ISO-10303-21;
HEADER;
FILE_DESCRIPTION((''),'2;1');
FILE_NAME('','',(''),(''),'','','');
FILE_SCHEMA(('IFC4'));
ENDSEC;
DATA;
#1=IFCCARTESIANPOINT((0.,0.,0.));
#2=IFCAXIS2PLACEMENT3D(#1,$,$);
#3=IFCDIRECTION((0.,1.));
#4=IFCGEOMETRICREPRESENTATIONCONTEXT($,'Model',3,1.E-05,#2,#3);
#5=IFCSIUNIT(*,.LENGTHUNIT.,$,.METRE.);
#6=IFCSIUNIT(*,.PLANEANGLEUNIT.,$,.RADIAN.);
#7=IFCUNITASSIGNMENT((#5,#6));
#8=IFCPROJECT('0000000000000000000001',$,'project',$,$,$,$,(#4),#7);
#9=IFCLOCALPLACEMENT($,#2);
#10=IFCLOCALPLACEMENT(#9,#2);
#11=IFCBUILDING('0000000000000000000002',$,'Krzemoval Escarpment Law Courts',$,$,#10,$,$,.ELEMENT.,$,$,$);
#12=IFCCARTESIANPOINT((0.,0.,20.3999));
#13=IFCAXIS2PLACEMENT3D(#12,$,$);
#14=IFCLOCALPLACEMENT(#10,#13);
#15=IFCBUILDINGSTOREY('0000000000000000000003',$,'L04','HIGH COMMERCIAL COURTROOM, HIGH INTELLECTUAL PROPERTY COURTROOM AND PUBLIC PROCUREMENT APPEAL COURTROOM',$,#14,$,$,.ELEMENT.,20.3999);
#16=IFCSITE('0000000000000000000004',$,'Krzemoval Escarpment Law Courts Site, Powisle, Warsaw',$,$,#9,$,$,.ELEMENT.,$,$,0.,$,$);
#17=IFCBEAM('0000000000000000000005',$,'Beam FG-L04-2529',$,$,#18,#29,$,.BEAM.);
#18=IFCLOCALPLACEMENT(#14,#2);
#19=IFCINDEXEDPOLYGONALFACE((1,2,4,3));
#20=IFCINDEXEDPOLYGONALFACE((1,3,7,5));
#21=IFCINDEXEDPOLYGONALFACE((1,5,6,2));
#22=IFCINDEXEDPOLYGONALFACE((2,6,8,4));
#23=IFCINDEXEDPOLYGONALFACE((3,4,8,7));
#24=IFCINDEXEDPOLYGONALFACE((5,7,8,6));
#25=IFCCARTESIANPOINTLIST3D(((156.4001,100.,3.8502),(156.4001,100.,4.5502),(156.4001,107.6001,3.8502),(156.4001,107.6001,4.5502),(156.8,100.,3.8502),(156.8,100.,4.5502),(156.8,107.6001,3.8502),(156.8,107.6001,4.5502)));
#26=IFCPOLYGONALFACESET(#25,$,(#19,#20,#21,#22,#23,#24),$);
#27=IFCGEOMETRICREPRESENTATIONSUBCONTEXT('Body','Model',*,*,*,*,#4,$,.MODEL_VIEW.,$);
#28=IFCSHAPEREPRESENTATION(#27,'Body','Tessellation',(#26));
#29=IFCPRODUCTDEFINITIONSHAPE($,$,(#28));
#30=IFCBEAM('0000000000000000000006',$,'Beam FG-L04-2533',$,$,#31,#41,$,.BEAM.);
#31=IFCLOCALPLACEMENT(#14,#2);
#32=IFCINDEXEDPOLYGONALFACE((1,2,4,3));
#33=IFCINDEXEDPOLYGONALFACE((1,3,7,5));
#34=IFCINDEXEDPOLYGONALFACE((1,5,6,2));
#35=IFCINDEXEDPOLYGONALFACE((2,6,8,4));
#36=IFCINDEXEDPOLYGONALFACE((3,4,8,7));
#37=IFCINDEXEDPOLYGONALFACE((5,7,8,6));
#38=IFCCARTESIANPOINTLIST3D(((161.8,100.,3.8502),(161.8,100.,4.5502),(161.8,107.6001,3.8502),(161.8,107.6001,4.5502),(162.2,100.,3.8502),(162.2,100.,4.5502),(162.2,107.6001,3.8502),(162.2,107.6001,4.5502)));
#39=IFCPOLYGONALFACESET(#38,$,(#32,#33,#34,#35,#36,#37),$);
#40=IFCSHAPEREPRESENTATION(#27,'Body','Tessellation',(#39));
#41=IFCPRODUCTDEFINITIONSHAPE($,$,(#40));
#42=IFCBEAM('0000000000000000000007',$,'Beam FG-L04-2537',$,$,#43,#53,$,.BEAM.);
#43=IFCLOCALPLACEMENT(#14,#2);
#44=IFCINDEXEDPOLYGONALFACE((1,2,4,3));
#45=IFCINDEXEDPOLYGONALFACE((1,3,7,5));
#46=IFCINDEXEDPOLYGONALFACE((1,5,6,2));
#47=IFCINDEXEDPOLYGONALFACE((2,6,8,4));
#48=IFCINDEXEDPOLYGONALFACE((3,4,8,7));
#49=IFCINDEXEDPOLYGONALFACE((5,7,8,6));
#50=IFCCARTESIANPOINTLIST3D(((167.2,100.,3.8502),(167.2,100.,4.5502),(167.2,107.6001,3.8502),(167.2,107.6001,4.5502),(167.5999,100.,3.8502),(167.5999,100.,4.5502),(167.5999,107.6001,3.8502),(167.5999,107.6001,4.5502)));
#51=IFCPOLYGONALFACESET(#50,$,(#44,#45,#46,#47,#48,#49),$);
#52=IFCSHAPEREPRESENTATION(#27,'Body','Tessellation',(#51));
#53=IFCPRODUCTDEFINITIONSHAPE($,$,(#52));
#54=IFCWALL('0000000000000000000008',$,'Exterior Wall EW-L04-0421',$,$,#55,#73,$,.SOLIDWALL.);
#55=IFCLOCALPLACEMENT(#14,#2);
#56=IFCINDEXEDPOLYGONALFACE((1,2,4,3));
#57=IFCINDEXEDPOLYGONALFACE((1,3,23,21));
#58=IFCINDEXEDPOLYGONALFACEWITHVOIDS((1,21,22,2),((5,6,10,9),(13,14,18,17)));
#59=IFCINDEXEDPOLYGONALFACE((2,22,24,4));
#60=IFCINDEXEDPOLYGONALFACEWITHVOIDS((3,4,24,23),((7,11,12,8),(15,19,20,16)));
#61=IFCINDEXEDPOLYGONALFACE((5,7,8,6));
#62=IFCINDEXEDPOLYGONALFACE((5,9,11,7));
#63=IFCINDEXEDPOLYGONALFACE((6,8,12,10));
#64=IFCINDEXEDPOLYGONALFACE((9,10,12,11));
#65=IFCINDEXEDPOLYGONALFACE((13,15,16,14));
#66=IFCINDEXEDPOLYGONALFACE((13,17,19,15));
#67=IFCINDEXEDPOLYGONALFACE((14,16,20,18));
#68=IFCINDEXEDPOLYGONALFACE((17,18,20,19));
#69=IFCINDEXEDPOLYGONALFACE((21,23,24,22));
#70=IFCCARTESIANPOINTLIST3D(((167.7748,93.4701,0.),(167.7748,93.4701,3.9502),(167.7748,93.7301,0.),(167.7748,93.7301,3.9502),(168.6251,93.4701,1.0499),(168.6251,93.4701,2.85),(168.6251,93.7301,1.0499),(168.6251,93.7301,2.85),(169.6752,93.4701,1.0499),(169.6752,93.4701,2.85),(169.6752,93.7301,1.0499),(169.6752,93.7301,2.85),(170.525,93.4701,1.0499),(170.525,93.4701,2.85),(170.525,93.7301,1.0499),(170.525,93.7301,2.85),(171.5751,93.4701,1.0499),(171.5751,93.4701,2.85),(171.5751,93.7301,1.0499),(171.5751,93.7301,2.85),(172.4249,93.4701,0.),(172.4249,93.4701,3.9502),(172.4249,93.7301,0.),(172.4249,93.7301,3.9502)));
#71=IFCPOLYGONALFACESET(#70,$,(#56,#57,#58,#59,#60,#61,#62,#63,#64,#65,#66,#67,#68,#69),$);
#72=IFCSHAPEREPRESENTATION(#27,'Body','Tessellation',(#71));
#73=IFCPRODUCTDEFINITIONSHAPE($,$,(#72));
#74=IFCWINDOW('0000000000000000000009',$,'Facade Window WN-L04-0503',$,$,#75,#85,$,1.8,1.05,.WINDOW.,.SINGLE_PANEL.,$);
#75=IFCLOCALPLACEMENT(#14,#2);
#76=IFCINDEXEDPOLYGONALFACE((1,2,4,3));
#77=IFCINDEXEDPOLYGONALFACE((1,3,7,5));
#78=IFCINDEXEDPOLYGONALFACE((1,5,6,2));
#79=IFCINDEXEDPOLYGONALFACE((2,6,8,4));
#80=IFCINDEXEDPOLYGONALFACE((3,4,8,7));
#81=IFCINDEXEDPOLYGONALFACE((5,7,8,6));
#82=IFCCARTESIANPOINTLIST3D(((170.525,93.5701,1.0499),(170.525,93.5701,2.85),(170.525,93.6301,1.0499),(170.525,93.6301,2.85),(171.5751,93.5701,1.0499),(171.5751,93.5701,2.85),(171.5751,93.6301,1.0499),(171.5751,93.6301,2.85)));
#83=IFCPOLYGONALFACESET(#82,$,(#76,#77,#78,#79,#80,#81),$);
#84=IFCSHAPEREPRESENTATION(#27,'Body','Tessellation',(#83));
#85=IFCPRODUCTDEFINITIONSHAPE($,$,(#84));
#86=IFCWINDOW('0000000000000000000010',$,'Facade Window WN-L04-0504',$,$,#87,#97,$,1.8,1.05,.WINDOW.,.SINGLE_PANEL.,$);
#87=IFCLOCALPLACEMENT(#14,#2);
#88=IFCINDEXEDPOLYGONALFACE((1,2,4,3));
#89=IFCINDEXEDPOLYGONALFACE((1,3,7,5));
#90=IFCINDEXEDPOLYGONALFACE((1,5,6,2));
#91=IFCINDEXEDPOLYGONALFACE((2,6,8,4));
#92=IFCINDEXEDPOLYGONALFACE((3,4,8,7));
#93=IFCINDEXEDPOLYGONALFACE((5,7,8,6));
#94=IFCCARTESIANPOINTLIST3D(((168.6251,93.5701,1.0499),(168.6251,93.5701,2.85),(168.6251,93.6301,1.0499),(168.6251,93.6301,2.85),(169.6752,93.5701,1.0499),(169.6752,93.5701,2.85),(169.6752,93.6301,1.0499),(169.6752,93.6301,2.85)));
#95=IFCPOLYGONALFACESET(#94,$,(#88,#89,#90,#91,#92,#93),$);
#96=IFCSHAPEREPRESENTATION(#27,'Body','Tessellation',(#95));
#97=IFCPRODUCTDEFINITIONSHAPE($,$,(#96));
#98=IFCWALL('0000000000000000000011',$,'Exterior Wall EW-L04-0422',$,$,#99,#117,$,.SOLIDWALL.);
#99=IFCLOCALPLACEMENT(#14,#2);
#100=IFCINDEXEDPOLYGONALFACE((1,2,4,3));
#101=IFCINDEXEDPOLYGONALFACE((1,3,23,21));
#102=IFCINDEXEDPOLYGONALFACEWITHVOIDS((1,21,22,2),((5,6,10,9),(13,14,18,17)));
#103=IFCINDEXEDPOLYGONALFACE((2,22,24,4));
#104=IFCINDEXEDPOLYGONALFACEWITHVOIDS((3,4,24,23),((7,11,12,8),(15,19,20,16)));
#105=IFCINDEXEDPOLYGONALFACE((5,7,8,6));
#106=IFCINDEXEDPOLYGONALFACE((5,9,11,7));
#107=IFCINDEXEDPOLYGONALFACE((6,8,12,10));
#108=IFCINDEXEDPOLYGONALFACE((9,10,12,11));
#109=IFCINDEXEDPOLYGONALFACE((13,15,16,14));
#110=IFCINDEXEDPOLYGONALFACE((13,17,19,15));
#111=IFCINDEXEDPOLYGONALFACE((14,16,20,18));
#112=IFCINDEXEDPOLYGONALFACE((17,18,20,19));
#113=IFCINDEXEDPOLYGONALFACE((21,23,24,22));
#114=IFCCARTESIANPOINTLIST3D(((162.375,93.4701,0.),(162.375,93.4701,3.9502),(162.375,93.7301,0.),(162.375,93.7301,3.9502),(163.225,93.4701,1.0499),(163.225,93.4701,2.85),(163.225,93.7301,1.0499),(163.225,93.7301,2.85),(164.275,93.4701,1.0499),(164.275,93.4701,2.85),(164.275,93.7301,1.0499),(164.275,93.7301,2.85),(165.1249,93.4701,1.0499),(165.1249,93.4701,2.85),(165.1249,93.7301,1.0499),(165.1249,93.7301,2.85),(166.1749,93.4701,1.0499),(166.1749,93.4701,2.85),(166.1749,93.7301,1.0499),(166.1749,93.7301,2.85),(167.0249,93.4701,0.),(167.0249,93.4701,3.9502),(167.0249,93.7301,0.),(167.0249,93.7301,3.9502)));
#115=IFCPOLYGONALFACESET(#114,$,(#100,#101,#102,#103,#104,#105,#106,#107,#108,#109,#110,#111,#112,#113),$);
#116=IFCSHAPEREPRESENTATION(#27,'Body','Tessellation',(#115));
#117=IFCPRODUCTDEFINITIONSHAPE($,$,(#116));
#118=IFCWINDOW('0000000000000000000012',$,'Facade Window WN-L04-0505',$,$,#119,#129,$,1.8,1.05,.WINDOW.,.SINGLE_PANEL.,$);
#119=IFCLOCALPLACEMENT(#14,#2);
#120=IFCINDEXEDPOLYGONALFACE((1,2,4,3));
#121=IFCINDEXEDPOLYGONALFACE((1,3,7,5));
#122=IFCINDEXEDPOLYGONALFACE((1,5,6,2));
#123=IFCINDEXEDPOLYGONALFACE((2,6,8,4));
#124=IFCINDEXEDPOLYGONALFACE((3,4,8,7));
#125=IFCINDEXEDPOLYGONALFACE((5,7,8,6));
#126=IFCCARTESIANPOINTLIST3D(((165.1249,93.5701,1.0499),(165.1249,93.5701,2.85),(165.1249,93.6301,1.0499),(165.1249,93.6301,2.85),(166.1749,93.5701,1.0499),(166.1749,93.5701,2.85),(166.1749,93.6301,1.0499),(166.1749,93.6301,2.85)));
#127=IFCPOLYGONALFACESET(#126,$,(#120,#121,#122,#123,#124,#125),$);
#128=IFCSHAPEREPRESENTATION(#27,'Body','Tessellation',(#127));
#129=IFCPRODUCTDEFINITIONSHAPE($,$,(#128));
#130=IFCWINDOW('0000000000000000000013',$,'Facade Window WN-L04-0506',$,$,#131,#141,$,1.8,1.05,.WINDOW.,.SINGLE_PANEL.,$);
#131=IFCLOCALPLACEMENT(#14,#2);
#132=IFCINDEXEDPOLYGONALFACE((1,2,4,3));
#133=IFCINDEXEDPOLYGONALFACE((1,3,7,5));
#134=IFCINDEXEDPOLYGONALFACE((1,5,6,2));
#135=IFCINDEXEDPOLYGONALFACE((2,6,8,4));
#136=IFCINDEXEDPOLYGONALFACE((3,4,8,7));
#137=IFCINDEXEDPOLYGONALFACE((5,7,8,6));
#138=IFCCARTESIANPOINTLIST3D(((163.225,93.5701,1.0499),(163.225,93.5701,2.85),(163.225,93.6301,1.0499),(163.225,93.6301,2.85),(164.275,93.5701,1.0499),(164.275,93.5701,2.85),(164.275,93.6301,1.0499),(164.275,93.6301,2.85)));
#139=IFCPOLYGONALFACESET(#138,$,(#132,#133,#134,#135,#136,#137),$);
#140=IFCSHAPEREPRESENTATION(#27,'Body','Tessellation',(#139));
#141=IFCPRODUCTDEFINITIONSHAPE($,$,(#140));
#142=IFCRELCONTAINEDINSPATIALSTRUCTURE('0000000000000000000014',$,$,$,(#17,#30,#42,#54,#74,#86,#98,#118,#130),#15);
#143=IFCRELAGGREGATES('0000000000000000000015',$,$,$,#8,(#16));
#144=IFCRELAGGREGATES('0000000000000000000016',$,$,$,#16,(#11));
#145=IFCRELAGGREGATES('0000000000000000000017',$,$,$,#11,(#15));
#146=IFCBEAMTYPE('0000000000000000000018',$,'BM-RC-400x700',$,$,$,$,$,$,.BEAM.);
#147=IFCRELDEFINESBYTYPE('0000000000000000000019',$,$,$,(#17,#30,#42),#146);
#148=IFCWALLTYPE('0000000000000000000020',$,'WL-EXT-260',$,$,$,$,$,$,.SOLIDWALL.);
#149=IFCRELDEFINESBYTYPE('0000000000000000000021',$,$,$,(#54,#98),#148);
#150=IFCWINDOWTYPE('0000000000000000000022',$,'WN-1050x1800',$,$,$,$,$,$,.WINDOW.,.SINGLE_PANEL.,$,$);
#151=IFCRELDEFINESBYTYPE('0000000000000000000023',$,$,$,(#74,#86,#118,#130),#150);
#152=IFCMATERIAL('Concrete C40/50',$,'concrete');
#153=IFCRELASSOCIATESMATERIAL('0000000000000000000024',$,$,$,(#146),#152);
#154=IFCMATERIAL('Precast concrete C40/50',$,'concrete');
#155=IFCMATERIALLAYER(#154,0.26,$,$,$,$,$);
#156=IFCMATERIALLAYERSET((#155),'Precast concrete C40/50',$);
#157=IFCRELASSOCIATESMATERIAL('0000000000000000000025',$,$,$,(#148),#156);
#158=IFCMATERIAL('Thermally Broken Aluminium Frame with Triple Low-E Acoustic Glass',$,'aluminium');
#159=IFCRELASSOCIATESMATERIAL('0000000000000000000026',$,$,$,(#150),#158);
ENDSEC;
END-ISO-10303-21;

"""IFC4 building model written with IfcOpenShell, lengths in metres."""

from ifc_helpers import new_model, si_unit, direction, frame, frame_2d, origin, origin_2d, place, context, subcontext, project, spatial, rectangle, extrude, material, layer, layer_set, material_profile, profile_set, type_object, element, fill, save


model = new_model("IFC4")

# Units and contexts
model_context = context("Model", 3, precision=1e-05, world=origin(), true_north=direction((0.0, 1.0)))
body_context = subcontext(model_context, "Body", "Model", "MODEL_VIEW")
ifc_project = project(units=[si_unit("LENGTHUNIT", "METRE"), si_unit("PLANEANGLEUNIT", "RADIAN")], contexts=[model_context])

# Site, building, storey
site_placement = place(None, origin())
site = spatial("IfcSite", under=ifc_project, at=site_placement, Name="Krzemoval Escarpment Law Courts Site, Powisle, Warsaw", CompositionType="ELEMENT", RefElevation=0.0)
building_placement = place(site_placement, origin())
building = spatial("IfcBuilding", under=site, at=building_placement, Name="Krzemoval Escarpment Law Courts", CompositionType="ELEMENT")
storey_placement = place(building_placement, frame((0.0, 0.0, 20.3999)))
storey = spatial("IfcBuildingStorey", under=building, at=storey_placement, Name="L04", Description="HIGH COMMERCIAL COURTROOM, HIGH INTELLECTUAL PROPERTY COURTROOM AND PUBLIC PROCUREMENT APPEAL COURTROOM", CompositionType="ELEMENT", Elevation=20.3999)

# Beams
ifc_material_1 = material(Name="Concrete C40/50", Category="concrete")
ifc_material_profile_1 = material_profile(ifc_material_1, rectangle(XDim=0.3999, YDim=0.7, at=origin_2d()), Name="RCB 400x700")
ifc_profile_set_1 = profile_set([ifc_material_profile_1], Name="Concrete C40/50")
beam_type_1 = type_object("IfcBeamType", Name="BM-RC-400x700", PredefinedType="BEAM", material=ifc_profile_set_1)
for number, where, z_axis, x_axis, name in (
    (1, (156.6001, 100.0, 4.2002), (0.0, 1.0, 0.0), (-1.0, 0.0, 0.0), "Beam FG-L04-2529"),
    (2, (162.0, 100.0, 4.2002), (0.0, 1.0, 0.0), (-1.0, 0.0, 0.0), "Beam FG-L04-2533"),
    (3, (167.3999, 100.0, 4.2002), (0.0, 1.0, 0.0), (-1.0, 0.0, 0.0), "Beam FG-L04-2537"),
):
    element("IfcBeam", number, at=place(storey_placement, frame(where, z_axis=z_axis, x_axis=x_axis)), inside=storey, type_object=beam_type_1, Name=name, PredefinedType="BEAM", context=body_context, shape_type="SweptSolid", body=[
        extrude(rectangle(XDim=0.3999, YDim=0.7, at=origin_2d()), origin(), (0.0, 0.0, 1.0), 7.6001),
    ])

# Walls, openings, windows
ifc_material_2 = material(Name="Precast concrete C40/50", Category="concrete")
ifc_layer = layer(ifc_material_2, 0.26)
ifc_layer_set = layer_set([ifc_layer], Name="Precast concrete C40/50")
wall_type = type_object("IfcWallType", Name="WL-EXT-260", PredefinedType="SOLIDWALL", material=ifc_layer_set)
wall_1_placement = place(storey_placement, frame((172.425, 93.6001, 0.0), z_axis=(0.0, 0.0, 1.0), x_axis=(-1.0, 0.0, 0.0)))
wall_1 = element("IfcWall", 4, at=wall_1_placement, inside=storey, type_object=wall_type, Name="Exterior Wall EW-L04-0421", PredefinedType="SOLIDWALL", context=body_context, shape_type="SweptSolid", body=[
    extrude(rectangle(XDim=4.6501, YDim=0.26, at=frame_2d((2.3252, 0.0))), origin(), (0.0, 0.0, 1.0), 3.9502),
])
opening_1_placement = place(wall_1_placement, frame((0.8501, 0.0, 1.05)))
opening_1 = element("IfcOpeningElement", 5, at=opening_1_placement, cuts=wall_1, PredefinedType="OPENING", context=body_context, shape_type="SweptSolid", body=[
    extrude(rectangle(XDim=1.05, YDim=1.8, at=frame_2d((0.5249, 0.8999))), frame((0.0, 0.145, 0.0), z_axis=(0.0, -1.0, 0.0), x_axis=(1.0, 0.0, 0.0)), (0.0, 0.0, 1.0), 0.29),
])
opening_2_placement = place(wall_1_placement, frame((2.75, 0.0, 1.05)))
opening_2 = element("IfcOpeningElement", 6, at=opening_2_placement, cuts=wall_1, PredefinedType="OPENING", context=body_context, shape_type="SweptSolid", body=[
    extrude(rectangle(XDim=1.05, YDim=1.8, at=frame_2d((0.5249, 0.8999))), frame((0.0, 0.145, 0.0), z_axis=(0.0, -1.0, 0.0), x_axis=(1.0, 0.0, 0.0)), (0.0, 0.0, 1.0), 0.29),
])
ifc_material_3 = material(Name="Thermally Broken Aluminium Frame with Triple Low-E Acoustic Glass", Category="aluminium")
window_type = type_object("IfcWindowType", Name="WN-1050x1800", PartitioningType="SINGLE_PANEL", PredefinedType="WINDOW", material=ifc_material_3)
window_1_placement = place(opening_1_placement, origin())
window_1 = element("IfcWindow", 7, at=window_1_placement, inside=storey, type_object=window_type, Name="Facade Window WN-L04-0503", OverallHeight=1.8, OverallWidth=1.05, PartitioningType="SINGLE_PANEL", PredefinedType="WINDOW", context=body_context, shape_type="SweptSolid", body=[
    extrude(rectangle(XDim=1.05, YDim=1.8, at=frame_2d((0.5249, 0.8999))), frame((0.0, 0.03, 0.0), z_axis=(0.0, -1.0, 0.0), x_axis=(1.0, 0.0, 0.0)), (0.0, 0.0, 1.0), 0.0601),
])
fill(opening_1, window_1)
window_2_placement = place(opening_2_placement, origin())
window_2 = element("IfcWindow", 8, at=window_2_placement, inside=storey, type_object=window_type, Name="Facade Window WN-L04-0504", OverallHeight=1.8, OverallWidth=1.05, PartitioningType="SINGLE_PANEL", PredefinedType="WINDOW", context=body_context, shape_type="SweptSolid", body=[
    extrude(rectangle(XDim=1.05, YDim=1.8, at=frame_2d((0.5249, 0.8999))), frame((0.0, 0.03, 0.0), z_axis=(0.0, -1.0, 0.0), x_axis=(1.0, 0.0, 0.0)), (0.0, 0.0, 1.0), 0.0601),
])
fill(opening_2, window_2)
wall_2_placement = place(storey_placement, frame((167.0249, 93.6001, 0.0), z_axis=(0.0, 0.0, 1.0), x_axis=(-1.0, 0.0, 0.0)))
wall_2 = element("IfcWall", 9, at=wall_2_placement, inside=storey, type_object=wall_type, Name="Exterior Wall EW-L04-0422", PredefinedType="SOLIDWALL", context=body_context, shape_type="SweptSolid", body=[
    extrude(rectangle(XDim=4.6499, YDim=0.26, at=frame_2d((2.325, 0.0))), origin(), (0.0, 0.0, 1.0), 3.9502),
])
opening_3_placement = place(wall_2_placement, frame((0.8501, 0.0, 1.05)))
opening_3 = element("IfcOpeningElement", 10, at=opening_3_placement, cuts=wall_2, PredefinedType="OPENING", context=body_context, shape_type="SweptSolid", body=[
    extrude(rectangle(XDim=1.05, YDim=1.8, at=frame_2d((0.5249, 0.8999))), frame((0.0, 0.145, 0.0), z_axis=(0.0, -1.0, 0.0), x_axis=(1.0, 0.0, 0.0)), (0.0, 0.0, 1.0), 0.29),
])
opening_4_placement = place(wall_2_placement, frame((2.75, 0.0, 1.05)))
opening_4 = element("IfcOpeningElement", 11, at=opening_4_placement, cuts=wall_2, PredefinedType="OPENING", context=body_context, shape_type="SweptSolid", body=[
    extrude(rectangle(XDim=1.05, YDim=1.8, at=frame_2d((0.5249, 0.8999))), frame((0.0, 0.145, 0.0), z_axis=(0.0, -1.0, 0.0), x_axis=(1.0, 0.0, 0.0)), (0.0, 0.0, 1.0), 0.29),
])
window_3_placement = place(opening_3_placement, origin())
window_3 = element("IfcWindow", 12, at=window_3_placement, inside=storey, type_object=window_type, Name="Facade Window WN-L04-0505", OverallHeight=1.8, OverallWidth=1.05, PartitioningType="SINGLE_PANEL", PredefinedType="WINDOW", context=body_context, shape_type="SweptSolid", body=[
    extrude(rectangle(XDim=1.05, YDim=1.8, at=frame_2d((0.5249, 0.8999))), frame((0.0, 0.03, 0.0), z_axis=(0.0, -1.0, 0.0), x_axis=(1.0, 0.0, 0.0)), (0.0, 0.0, 1.0), 0.0601),
])
fill(opening_3, window_3)
window_4_placement = place(opening_4_placement, origin())
window_4 = element("IfcWindow", 13, at=window_4_placement, inside=storey, type_object=window_type, Name="Facade Window WN-L04-0506", OverallHeight=1.8, OverallWidth=1.05, PartitioningType="SINGLE_PANEL", PredefinedType="WINDOW", context=body_context, shape_type="SweptSolid", body=[
    extrude(rectangle(XDim=1.05, YDim=1.8, at=frame_2d((0.5249, 0.8999))), frame((0.0, 0.03, 0.0), z_axis=(0.0, -1.0, 0.0), x_axis=(1.0, 0.0, 0.0)), (0.0, 0.0, 1.0), 0.0601),
])
fill(opening_4, window_4)

save(model, "model.ifc")
